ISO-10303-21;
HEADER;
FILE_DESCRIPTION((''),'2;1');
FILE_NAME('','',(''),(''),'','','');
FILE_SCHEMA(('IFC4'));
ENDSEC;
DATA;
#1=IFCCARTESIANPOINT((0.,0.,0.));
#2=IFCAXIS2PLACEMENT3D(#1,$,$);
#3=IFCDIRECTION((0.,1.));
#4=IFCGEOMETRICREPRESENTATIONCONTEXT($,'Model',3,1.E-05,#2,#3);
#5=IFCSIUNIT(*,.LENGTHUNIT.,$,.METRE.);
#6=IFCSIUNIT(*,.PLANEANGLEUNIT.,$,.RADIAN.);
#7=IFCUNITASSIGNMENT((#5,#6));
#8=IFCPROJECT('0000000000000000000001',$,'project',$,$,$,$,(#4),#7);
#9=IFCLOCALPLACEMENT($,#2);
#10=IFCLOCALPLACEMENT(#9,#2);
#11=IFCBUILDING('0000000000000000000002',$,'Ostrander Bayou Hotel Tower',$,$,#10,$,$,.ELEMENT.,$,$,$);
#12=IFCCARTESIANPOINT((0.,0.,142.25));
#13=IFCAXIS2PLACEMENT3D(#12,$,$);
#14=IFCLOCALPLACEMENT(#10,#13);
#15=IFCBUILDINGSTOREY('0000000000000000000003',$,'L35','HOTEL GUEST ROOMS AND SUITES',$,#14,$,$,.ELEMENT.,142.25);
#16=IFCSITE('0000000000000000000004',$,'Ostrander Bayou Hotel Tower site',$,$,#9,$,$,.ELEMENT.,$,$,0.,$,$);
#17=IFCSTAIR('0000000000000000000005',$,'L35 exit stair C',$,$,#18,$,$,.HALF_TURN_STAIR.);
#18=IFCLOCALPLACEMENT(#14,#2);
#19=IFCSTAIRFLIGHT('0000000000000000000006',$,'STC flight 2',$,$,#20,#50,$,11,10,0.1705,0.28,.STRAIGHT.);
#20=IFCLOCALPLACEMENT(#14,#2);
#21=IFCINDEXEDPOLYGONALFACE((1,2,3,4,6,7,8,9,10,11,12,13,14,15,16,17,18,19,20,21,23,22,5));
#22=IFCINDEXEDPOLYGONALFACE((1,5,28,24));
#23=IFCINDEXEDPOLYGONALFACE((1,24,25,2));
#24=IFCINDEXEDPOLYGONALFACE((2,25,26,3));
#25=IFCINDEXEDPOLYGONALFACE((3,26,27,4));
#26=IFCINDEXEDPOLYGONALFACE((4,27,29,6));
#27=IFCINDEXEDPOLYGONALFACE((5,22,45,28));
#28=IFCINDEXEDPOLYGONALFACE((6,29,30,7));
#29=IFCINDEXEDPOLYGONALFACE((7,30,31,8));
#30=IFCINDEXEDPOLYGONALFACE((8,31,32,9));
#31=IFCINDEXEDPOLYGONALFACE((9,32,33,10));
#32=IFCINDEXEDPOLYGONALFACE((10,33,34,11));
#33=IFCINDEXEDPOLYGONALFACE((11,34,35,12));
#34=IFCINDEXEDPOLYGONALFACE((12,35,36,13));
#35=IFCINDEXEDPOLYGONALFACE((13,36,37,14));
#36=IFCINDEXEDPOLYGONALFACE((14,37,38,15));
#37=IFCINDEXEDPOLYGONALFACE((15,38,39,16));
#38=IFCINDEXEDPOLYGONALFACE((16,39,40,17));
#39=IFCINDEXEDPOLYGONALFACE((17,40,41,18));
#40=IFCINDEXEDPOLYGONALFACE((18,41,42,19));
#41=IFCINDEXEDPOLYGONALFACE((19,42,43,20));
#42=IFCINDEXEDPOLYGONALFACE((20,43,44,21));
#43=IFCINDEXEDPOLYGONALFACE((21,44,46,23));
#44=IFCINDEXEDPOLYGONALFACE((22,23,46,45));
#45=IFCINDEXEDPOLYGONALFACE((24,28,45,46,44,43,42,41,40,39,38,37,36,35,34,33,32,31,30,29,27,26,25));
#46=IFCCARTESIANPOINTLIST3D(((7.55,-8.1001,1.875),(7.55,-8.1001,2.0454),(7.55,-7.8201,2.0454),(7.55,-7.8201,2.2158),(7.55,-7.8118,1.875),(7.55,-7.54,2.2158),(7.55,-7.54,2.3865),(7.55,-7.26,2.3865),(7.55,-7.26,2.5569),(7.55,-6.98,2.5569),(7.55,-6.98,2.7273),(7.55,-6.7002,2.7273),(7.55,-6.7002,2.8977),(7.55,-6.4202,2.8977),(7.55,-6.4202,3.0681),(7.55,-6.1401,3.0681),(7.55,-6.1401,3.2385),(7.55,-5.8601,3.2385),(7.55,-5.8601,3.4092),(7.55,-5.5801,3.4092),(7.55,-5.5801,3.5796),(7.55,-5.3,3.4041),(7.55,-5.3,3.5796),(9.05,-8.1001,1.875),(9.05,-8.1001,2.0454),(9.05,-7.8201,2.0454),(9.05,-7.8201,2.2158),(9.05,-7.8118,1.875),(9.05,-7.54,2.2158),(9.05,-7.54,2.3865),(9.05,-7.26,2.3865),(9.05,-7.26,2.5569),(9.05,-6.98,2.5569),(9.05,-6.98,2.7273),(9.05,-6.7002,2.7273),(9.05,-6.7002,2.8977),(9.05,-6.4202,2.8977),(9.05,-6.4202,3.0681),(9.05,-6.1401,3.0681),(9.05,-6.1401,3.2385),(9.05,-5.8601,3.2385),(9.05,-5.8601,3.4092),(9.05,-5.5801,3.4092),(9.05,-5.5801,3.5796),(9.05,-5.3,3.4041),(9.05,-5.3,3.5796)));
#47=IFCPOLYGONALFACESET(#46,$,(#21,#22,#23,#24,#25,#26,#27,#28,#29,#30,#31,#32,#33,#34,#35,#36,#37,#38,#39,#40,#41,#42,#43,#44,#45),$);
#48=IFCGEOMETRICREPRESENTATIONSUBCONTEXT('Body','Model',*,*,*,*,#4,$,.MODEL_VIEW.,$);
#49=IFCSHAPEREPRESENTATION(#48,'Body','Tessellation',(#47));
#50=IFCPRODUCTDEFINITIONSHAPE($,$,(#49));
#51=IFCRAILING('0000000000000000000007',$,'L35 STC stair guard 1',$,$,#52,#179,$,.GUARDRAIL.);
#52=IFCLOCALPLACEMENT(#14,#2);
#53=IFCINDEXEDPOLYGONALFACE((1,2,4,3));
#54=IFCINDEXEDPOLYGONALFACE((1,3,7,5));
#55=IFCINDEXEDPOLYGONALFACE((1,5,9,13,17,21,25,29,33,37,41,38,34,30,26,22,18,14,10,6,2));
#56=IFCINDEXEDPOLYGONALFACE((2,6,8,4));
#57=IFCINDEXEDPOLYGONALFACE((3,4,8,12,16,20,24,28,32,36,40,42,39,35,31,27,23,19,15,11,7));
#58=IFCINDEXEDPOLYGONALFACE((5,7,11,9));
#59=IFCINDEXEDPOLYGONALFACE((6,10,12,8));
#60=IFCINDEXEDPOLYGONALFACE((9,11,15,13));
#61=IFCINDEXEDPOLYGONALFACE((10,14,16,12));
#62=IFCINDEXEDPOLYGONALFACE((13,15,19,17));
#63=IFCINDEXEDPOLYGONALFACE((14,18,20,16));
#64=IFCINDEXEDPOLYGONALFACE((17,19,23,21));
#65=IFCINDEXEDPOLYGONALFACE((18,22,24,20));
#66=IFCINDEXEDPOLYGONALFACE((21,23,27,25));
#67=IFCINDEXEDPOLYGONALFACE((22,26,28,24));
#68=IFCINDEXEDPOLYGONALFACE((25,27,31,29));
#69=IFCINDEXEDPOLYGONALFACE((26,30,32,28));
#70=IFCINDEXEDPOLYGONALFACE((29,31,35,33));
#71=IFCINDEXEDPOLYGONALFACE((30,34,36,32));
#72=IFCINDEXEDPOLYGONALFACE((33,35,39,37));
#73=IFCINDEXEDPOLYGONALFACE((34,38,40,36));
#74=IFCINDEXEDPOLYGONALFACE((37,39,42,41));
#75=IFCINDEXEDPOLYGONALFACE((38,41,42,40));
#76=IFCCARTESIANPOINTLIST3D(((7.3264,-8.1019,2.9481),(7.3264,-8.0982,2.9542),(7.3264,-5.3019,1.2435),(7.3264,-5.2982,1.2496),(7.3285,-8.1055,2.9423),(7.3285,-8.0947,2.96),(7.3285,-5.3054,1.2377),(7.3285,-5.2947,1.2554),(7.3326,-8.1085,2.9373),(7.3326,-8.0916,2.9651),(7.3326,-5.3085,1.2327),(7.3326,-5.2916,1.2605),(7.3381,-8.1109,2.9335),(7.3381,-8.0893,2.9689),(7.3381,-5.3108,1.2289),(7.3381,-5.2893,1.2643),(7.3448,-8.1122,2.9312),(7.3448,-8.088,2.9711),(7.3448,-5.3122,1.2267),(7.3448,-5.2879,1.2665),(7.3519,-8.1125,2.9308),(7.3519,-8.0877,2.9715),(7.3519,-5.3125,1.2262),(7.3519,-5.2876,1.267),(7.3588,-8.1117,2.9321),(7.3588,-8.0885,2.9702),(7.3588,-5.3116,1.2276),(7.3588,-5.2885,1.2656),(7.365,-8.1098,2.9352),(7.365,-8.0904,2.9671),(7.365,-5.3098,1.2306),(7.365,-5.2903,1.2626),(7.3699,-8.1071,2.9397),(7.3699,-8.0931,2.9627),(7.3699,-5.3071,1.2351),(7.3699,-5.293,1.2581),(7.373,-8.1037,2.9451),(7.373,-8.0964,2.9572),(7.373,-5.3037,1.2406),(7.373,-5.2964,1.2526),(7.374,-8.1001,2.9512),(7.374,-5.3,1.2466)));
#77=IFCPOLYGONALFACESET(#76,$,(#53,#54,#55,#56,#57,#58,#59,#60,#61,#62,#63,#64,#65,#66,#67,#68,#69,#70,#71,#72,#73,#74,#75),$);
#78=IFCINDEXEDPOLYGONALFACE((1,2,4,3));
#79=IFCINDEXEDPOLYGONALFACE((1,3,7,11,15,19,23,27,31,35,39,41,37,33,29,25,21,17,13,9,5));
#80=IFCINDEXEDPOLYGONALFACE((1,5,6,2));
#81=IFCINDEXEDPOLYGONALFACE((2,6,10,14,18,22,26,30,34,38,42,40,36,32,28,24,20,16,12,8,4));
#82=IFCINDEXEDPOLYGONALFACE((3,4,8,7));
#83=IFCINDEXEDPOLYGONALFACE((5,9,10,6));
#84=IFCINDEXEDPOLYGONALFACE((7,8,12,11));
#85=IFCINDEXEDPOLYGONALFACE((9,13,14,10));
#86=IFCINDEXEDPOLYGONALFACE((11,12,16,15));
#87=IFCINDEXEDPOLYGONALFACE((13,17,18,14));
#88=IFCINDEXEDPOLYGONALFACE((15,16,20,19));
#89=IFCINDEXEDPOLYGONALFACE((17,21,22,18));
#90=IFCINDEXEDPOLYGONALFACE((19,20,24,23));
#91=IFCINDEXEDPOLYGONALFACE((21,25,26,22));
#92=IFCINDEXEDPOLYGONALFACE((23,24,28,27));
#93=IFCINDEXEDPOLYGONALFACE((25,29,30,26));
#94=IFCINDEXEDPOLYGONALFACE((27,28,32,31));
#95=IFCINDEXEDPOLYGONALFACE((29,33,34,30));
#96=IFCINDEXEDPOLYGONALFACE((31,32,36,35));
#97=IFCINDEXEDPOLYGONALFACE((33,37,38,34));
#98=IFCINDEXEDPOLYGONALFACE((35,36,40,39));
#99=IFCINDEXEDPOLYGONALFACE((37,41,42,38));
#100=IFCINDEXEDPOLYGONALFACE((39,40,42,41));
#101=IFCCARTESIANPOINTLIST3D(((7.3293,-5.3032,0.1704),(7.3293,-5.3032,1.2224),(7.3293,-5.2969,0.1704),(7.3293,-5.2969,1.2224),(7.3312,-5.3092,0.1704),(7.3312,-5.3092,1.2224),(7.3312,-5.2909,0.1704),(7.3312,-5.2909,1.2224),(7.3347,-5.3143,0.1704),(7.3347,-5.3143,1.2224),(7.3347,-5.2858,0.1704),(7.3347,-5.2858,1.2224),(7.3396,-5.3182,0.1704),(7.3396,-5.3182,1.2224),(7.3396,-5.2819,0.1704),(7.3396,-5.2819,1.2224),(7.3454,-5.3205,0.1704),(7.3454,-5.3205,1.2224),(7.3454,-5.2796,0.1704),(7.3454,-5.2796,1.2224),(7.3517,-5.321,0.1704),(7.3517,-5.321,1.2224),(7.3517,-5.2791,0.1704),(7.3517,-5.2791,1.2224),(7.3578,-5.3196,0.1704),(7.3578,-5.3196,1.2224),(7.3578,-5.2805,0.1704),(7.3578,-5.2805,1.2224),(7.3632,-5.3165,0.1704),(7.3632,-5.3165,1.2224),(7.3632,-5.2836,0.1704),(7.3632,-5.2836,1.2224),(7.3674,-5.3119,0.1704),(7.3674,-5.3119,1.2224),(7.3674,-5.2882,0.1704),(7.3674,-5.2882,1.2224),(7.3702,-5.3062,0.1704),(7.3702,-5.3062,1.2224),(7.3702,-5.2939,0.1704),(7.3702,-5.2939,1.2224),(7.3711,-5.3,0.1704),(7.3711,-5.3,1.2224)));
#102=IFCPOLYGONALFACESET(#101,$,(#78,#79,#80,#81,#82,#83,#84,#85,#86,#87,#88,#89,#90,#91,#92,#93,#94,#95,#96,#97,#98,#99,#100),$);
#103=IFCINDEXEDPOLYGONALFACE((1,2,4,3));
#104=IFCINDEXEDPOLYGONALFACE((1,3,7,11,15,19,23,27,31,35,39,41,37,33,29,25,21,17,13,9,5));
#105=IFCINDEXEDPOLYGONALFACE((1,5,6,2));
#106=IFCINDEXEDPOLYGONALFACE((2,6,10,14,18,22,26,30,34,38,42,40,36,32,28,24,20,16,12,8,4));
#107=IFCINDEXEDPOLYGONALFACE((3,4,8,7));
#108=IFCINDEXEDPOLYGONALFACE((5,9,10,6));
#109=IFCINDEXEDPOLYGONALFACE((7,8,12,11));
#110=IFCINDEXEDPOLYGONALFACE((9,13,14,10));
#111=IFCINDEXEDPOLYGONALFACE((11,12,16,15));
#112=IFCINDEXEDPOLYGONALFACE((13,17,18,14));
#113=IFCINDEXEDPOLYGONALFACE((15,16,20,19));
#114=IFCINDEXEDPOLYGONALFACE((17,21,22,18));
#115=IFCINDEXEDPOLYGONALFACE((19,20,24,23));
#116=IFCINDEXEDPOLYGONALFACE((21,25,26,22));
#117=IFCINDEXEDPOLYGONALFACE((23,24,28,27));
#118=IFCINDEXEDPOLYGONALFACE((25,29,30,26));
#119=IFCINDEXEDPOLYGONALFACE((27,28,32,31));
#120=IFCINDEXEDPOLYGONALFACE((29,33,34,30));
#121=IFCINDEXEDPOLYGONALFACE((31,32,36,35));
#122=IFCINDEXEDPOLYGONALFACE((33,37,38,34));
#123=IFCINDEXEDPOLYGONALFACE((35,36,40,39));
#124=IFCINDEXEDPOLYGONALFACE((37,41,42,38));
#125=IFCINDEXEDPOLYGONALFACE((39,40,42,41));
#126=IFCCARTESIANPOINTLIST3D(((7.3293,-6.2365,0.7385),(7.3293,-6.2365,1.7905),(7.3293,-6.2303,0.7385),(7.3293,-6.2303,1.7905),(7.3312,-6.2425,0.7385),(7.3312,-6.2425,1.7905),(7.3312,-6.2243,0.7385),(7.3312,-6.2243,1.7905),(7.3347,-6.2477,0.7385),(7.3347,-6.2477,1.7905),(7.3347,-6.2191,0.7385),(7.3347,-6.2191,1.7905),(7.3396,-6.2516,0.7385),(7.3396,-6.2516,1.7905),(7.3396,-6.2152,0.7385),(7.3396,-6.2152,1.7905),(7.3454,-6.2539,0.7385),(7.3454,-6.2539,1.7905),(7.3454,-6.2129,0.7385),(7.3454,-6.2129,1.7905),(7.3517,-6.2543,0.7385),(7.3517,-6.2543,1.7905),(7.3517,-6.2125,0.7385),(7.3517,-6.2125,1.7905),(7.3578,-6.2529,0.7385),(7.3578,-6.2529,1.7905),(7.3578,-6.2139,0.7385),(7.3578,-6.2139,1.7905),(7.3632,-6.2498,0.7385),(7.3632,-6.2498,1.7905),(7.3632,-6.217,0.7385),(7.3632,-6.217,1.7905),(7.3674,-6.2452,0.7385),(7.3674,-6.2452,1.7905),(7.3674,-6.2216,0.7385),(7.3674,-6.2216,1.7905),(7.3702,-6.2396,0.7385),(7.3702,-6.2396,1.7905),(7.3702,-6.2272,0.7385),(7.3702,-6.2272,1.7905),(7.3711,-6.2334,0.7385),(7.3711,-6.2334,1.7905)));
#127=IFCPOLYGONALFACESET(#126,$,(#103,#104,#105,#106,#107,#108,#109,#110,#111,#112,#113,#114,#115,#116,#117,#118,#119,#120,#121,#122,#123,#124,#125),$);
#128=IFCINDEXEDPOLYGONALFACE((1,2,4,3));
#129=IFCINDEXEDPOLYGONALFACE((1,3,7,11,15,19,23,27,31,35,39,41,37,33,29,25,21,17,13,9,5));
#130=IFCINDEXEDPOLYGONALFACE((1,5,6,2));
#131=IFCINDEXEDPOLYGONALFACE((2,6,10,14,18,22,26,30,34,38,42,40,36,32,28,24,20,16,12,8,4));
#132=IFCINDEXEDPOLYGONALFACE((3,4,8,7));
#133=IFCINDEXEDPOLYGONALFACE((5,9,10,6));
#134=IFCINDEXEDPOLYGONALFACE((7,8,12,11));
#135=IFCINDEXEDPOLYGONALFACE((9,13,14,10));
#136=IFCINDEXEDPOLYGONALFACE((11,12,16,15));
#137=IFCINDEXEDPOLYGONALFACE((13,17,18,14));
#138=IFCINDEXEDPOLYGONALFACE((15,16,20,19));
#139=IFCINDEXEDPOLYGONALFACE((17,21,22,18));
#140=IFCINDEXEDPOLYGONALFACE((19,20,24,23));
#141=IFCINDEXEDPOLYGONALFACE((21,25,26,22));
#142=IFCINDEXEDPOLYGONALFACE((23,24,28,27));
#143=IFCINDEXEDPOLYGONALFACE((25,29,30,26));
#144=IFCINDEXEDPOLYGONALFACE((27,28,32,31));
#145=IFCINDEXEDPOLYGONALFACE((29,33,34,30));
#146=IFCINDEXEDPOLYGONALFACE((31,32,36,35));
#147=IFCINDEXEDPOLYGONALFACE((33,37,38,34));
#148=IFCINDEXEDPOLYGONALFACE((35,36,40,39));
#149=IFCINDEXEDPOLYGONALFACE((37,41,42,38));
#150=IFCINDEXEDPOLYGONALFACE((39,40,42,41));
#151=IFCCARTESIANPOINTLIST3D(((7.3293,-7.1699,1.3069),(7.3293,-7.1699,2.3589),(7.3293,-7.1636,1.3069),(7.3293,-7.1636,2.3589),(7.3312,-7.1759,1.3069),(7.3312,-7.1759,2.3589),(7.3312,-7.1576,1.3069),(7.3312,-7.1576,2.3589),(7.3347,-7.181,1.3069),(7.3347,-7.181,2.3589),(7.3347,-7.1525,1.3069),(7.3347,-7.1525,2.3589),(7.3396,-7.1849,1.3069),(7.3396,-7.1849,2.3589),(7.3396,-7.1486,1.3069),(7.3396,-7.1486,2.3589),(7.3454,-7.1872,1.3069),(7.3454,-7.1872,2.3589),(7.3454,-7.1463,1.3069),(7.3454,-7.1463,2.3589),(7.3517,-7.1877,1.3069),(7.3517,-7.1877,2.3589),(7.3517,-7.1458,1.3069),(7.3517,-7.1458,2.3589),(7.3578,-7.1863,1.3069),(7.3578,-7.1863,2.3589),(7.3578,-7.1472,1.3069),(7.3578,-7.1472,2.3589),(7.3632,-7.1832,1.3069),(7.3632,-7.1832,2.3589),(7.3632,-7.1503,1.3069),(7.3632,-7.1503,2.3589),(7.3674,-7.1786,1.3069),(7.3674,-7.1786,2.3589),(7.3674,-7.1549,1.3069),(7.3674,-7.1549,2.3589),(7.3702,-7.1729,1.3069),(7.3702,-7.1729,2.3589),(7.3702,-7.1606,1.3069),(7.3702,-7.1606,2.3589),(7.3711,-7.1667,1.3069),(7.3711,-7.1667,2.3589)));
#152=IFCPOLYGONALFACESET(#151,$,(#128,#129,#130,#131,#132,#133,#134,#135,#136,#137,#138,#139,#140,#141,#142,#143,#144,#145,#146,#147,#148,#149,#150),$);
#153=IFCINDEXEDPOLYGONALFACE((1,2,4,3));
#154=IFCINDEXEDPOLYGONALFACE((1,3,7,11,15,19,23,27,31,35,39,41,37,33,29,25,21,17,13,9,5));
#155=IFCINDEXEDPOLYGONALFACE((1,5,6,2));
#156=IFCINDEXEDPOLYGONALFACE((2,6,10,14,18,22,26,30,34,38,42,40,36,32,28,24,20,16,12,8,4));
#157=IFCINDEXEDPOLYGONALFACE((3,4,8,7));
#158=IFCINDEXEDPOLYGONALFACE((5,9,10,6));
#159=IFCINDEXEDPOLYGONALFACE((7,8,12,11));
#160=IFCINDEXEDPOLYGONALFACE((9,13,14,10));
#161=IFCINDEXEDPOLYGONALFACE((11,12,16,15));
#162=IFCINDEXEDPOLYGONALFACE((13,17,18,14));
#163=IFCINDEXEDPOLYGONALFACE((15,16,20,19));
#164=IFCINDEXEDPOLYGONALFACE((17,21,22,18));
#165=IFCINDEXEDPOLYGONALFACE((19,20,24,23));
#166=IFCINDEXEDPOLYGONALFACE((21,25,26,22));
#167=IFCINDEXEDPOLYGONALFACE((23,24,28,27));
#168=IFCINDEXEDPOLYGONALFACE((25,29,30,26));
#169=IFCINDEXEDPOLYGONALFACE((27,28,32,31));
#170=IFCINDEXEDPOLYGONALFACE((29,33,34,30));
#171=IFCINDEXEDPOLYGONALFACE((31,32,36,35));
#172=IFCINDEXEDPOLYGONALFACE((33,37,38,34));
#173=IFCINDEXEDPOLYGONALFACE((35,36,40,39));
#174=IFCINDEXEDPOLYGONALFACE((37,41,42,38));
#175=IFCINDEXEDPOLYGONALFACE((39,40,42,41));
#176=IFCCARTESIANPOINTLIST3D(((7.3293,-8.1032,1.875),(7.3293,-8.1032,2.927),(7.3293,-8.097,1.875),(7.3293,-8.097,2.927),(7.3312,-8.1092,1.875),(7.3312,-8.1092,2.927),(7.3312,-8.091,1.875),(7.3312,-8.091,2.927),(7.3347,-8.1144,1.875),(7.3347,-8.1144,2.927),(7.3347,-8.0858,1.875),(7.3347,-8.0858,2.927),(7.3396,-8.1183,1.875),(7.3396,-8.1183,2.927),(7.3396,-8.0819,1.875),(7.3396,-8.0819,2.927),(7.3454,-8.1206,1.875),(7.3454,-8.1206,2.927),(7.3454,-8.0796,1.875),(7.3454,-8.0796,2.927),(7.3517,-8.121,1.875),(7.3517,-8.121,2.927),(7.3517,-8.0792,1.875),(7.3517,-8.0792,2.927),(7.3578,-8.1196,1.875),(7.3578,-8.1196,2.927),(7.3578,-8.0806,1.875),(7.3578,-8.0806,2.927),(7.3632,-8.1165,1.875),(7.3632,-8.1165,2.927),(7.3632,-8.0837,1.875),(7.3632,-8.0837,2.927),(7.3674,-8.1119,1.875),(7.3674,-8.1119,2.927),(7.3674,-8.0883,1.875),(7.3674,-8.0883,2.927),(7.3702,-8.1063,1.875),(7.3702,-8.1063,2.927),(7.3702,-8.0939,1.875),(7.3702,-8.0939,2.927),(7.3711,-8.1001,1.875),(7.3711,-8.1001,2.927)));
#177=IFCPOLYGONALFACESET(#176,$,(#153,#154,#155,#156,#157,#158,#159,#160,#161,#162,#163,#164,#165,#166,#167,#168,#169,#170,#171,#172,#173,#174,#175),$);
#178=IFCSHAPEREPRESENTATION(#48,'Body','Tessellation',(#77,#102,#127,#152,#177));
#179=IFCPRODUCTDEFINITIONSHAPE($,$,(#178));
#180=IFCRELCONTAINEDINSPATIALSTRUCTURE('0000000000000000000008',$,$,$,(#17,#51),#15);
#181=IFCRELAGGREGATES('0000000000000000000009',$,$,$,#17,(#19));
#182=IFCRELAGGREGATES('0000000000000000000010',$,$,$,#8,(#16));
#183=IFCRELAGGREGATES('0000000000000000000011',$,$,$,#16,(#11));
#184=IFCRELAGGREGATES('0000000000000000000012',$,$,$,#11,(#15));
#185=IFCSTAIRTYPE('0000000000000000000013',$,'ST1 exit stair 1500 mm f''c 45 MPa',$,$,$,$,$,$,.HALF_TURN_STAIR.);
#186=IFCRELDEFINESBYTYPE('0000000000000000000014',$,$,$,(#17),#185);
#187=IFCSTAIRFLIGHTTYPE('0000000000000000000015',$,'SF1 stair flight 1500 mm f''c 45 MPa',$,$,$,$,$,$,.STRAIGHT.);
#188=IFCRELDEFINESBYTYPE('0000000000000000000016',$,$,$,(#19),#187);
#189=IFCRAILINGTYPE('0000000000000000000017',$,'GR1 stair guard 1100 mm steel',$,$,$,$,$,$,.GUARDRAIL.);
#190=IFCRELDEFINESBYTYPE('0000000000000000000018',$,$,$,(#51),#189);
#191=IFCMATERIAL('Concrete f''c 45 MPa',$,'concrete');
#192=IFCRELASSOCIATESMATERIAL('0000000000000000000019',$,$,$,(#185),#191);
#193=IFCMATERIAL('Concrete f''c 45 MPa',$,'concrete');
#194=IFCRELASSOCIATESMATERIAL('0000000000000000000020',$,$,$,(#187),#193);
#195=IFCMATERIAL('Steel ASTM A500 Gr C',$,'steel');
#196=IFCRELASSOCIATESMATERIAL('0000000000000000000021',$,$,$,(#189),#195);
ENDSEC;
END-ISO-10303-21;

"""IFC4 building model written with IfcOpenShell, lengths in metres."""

from ifc_helpers import new_model, si_unit, direction, frame, origin, origin_2d, place, context, subcontext, project, spatial, polyline, circle, outline, extrude, material, type_object, element, aggregate, save


model = new_model("IFC4")

# Units and contexts
model_context = context("Model", 3, precision=1e-05, world=origin(), true_north=direction((0.0, 1.0)))
body_context = subcontext(model_context, "Body", "Model", "MODEL_VIEW")
ifc_project = project(units=[si_unit("LENGTHUNIT", "METRE"), si_unit("PLANEANGLEUNIT", "RADIAN")], contexts=[model_context])

# Site, building, storey
site_placement = place(None, origin())
site = spatial("IfcSite", under=ifc_project, at=site_placement, Name="Ostrander Bayou Hotel Tower site", CompositionType="ELEMENT", RefElevation=0.0)
building_placement = place(site_placement, origin())
building = spatial("IfcBuilding", under=site, at=building_placement, Name="Ostrander Bayou Hotel Tower", CompositionType="ELEMENT")
storey_placement = place(building_placement, frame((0.0, 0.0, 142.25)))
storey = spatial("IfcBuildingStorey", under=building, at=storey_placement, Name="L35", Description="HOTEL GUEST ROOMS AND SUITES", CompositionType="ELEMENT", Elevation=142.25)

# Stair, stair flight
ifc_material_1 = material(Name="Concrete f'c 45 MPa", Category="concrete")
stair_type = type_object("IfcStairType", Name="ST1 exit stair 1500 mm f'c 45 MPa", PredefinedType="HALF_TURN_STAIR", material=ifc_material_1)
stair_placement = place(storey_placement, origin())
stair = element("IfcStair", 1, at=stair_placement, inside=storey, type_object=stair_type, Name="L35 exit stair C", PredefinedType="HALF_TURN_STAIR")
ifc_material_2 = material(Name="Concrete f'c 45 MPa", Category="concrete")
stair_flight_type = type_object("IfcStairFlightType", Name="SF1 stair flight 1500 mm f'c 45 MPa", PredefinedType="STRAIGHT", material=ifc_material_2)
stair_flight_1_placement = place(storey_placement, frame((8.3, -8.1001, 1.875), z_axis=(0.0, 0.0, 1.0), x_axis=(0.0, 1.0, 0.0)))
stair_flight_1 = element("IfcStairFlight", 2, at=stair_flight_1_placement, type_object=stair_flight_type, Name="STC flight 2", NumberOfRisers=11, NumberOfTreads=10, PredefinedType="STRAIGHT", RiserHeight=0.1705, TreadLength=0.28, context=body_context, shape_type="SweptSolid", body=[
    extrude(outline(polyline([(0.0, 0.0), (0.0, 0.1704), (0.28, 0.1704), (0.28, 0.3408), (0.5601, 0.3408), (0.5601, 0.5115), (0.8401, 0.5115), (0.8401, 0.6819), (1.1201, 0.6819), (1.1201, 0.8523), (1.3999, 0.8523), (1.3999, 1.0227), (1.6799, 1.0227), (1.6799, 1.1931), (1.96, 1.1931), (1.96, 1.3635), (2.24, 1.3635), (2.24, 1.5342), (2.52, 1.5342), (2.52, 1.7046), (2.8, 1.7046), (2.8, 1.875), (2.8, 1.5291), (0.2883, 0.0), (0.0, 0.0)])), frame((0.0, 0.75, 0.0), z_axis=(0.0, -1.0, 0.0), x_axis=(1.0, 0.0, 0.0)), (0.0, 0.0, 1.0), 1.5),
])
aggregate(stair, [stair_flight_1])

# Railing
ifc_material_3 = material(Name="Steel ASTM A500 Gr C", Category="steel")
railing_type_1 = type_object("IfcRailingType", Name="GR1 stair guard 1100 mm steel", PredefinedType="GUARDRAIL", material=ifc_material_3)
railing_1_placement = place(storey_placement, frame((7.3501, -5.3, 0.1704)))
element("IfcRailing", 3, at=railing_1_placement, inside=storey, type_object=railing_type_1, Name="L35 STC stair guard 1", PredefinedType="GUARDRAIL", context=body_context, shape_type="SweptSolid", body=[
    extrude(circle(Radius=0.0239, at=origin_2d()), frame((0.0, 0.0, 1.0762), z_axis=(0.0, -0.85417, 0.519994), x_axis=(1.0, 0.0, 0.0)), (0.0, 0.0, 1.0), 3.2781),
    extrude(circle(Radius=0.021, at=origin_2d()), origin(), (0.0, 0.0, 1.0), 1.052),
    extrude(circle(Radius=0.021, at=origin_2d()), frame((0.0, -0.9333, 0.5681)), (0.0, 0.0, 1.0), 1.052),
    extrude(circle(Radius=0.021, at=origin_2d()), frame((0.0, -1.8667, 1.1365)), (0.0, 0.0, 1.0), 1.052),
    extrude(circle(Radius=0.021, at=origin_2d()), frame((0.0, -2.8, 1.7046)), (0.0, 0.0, 1.0), 1.052),
])

save(model, "model.ifc")
